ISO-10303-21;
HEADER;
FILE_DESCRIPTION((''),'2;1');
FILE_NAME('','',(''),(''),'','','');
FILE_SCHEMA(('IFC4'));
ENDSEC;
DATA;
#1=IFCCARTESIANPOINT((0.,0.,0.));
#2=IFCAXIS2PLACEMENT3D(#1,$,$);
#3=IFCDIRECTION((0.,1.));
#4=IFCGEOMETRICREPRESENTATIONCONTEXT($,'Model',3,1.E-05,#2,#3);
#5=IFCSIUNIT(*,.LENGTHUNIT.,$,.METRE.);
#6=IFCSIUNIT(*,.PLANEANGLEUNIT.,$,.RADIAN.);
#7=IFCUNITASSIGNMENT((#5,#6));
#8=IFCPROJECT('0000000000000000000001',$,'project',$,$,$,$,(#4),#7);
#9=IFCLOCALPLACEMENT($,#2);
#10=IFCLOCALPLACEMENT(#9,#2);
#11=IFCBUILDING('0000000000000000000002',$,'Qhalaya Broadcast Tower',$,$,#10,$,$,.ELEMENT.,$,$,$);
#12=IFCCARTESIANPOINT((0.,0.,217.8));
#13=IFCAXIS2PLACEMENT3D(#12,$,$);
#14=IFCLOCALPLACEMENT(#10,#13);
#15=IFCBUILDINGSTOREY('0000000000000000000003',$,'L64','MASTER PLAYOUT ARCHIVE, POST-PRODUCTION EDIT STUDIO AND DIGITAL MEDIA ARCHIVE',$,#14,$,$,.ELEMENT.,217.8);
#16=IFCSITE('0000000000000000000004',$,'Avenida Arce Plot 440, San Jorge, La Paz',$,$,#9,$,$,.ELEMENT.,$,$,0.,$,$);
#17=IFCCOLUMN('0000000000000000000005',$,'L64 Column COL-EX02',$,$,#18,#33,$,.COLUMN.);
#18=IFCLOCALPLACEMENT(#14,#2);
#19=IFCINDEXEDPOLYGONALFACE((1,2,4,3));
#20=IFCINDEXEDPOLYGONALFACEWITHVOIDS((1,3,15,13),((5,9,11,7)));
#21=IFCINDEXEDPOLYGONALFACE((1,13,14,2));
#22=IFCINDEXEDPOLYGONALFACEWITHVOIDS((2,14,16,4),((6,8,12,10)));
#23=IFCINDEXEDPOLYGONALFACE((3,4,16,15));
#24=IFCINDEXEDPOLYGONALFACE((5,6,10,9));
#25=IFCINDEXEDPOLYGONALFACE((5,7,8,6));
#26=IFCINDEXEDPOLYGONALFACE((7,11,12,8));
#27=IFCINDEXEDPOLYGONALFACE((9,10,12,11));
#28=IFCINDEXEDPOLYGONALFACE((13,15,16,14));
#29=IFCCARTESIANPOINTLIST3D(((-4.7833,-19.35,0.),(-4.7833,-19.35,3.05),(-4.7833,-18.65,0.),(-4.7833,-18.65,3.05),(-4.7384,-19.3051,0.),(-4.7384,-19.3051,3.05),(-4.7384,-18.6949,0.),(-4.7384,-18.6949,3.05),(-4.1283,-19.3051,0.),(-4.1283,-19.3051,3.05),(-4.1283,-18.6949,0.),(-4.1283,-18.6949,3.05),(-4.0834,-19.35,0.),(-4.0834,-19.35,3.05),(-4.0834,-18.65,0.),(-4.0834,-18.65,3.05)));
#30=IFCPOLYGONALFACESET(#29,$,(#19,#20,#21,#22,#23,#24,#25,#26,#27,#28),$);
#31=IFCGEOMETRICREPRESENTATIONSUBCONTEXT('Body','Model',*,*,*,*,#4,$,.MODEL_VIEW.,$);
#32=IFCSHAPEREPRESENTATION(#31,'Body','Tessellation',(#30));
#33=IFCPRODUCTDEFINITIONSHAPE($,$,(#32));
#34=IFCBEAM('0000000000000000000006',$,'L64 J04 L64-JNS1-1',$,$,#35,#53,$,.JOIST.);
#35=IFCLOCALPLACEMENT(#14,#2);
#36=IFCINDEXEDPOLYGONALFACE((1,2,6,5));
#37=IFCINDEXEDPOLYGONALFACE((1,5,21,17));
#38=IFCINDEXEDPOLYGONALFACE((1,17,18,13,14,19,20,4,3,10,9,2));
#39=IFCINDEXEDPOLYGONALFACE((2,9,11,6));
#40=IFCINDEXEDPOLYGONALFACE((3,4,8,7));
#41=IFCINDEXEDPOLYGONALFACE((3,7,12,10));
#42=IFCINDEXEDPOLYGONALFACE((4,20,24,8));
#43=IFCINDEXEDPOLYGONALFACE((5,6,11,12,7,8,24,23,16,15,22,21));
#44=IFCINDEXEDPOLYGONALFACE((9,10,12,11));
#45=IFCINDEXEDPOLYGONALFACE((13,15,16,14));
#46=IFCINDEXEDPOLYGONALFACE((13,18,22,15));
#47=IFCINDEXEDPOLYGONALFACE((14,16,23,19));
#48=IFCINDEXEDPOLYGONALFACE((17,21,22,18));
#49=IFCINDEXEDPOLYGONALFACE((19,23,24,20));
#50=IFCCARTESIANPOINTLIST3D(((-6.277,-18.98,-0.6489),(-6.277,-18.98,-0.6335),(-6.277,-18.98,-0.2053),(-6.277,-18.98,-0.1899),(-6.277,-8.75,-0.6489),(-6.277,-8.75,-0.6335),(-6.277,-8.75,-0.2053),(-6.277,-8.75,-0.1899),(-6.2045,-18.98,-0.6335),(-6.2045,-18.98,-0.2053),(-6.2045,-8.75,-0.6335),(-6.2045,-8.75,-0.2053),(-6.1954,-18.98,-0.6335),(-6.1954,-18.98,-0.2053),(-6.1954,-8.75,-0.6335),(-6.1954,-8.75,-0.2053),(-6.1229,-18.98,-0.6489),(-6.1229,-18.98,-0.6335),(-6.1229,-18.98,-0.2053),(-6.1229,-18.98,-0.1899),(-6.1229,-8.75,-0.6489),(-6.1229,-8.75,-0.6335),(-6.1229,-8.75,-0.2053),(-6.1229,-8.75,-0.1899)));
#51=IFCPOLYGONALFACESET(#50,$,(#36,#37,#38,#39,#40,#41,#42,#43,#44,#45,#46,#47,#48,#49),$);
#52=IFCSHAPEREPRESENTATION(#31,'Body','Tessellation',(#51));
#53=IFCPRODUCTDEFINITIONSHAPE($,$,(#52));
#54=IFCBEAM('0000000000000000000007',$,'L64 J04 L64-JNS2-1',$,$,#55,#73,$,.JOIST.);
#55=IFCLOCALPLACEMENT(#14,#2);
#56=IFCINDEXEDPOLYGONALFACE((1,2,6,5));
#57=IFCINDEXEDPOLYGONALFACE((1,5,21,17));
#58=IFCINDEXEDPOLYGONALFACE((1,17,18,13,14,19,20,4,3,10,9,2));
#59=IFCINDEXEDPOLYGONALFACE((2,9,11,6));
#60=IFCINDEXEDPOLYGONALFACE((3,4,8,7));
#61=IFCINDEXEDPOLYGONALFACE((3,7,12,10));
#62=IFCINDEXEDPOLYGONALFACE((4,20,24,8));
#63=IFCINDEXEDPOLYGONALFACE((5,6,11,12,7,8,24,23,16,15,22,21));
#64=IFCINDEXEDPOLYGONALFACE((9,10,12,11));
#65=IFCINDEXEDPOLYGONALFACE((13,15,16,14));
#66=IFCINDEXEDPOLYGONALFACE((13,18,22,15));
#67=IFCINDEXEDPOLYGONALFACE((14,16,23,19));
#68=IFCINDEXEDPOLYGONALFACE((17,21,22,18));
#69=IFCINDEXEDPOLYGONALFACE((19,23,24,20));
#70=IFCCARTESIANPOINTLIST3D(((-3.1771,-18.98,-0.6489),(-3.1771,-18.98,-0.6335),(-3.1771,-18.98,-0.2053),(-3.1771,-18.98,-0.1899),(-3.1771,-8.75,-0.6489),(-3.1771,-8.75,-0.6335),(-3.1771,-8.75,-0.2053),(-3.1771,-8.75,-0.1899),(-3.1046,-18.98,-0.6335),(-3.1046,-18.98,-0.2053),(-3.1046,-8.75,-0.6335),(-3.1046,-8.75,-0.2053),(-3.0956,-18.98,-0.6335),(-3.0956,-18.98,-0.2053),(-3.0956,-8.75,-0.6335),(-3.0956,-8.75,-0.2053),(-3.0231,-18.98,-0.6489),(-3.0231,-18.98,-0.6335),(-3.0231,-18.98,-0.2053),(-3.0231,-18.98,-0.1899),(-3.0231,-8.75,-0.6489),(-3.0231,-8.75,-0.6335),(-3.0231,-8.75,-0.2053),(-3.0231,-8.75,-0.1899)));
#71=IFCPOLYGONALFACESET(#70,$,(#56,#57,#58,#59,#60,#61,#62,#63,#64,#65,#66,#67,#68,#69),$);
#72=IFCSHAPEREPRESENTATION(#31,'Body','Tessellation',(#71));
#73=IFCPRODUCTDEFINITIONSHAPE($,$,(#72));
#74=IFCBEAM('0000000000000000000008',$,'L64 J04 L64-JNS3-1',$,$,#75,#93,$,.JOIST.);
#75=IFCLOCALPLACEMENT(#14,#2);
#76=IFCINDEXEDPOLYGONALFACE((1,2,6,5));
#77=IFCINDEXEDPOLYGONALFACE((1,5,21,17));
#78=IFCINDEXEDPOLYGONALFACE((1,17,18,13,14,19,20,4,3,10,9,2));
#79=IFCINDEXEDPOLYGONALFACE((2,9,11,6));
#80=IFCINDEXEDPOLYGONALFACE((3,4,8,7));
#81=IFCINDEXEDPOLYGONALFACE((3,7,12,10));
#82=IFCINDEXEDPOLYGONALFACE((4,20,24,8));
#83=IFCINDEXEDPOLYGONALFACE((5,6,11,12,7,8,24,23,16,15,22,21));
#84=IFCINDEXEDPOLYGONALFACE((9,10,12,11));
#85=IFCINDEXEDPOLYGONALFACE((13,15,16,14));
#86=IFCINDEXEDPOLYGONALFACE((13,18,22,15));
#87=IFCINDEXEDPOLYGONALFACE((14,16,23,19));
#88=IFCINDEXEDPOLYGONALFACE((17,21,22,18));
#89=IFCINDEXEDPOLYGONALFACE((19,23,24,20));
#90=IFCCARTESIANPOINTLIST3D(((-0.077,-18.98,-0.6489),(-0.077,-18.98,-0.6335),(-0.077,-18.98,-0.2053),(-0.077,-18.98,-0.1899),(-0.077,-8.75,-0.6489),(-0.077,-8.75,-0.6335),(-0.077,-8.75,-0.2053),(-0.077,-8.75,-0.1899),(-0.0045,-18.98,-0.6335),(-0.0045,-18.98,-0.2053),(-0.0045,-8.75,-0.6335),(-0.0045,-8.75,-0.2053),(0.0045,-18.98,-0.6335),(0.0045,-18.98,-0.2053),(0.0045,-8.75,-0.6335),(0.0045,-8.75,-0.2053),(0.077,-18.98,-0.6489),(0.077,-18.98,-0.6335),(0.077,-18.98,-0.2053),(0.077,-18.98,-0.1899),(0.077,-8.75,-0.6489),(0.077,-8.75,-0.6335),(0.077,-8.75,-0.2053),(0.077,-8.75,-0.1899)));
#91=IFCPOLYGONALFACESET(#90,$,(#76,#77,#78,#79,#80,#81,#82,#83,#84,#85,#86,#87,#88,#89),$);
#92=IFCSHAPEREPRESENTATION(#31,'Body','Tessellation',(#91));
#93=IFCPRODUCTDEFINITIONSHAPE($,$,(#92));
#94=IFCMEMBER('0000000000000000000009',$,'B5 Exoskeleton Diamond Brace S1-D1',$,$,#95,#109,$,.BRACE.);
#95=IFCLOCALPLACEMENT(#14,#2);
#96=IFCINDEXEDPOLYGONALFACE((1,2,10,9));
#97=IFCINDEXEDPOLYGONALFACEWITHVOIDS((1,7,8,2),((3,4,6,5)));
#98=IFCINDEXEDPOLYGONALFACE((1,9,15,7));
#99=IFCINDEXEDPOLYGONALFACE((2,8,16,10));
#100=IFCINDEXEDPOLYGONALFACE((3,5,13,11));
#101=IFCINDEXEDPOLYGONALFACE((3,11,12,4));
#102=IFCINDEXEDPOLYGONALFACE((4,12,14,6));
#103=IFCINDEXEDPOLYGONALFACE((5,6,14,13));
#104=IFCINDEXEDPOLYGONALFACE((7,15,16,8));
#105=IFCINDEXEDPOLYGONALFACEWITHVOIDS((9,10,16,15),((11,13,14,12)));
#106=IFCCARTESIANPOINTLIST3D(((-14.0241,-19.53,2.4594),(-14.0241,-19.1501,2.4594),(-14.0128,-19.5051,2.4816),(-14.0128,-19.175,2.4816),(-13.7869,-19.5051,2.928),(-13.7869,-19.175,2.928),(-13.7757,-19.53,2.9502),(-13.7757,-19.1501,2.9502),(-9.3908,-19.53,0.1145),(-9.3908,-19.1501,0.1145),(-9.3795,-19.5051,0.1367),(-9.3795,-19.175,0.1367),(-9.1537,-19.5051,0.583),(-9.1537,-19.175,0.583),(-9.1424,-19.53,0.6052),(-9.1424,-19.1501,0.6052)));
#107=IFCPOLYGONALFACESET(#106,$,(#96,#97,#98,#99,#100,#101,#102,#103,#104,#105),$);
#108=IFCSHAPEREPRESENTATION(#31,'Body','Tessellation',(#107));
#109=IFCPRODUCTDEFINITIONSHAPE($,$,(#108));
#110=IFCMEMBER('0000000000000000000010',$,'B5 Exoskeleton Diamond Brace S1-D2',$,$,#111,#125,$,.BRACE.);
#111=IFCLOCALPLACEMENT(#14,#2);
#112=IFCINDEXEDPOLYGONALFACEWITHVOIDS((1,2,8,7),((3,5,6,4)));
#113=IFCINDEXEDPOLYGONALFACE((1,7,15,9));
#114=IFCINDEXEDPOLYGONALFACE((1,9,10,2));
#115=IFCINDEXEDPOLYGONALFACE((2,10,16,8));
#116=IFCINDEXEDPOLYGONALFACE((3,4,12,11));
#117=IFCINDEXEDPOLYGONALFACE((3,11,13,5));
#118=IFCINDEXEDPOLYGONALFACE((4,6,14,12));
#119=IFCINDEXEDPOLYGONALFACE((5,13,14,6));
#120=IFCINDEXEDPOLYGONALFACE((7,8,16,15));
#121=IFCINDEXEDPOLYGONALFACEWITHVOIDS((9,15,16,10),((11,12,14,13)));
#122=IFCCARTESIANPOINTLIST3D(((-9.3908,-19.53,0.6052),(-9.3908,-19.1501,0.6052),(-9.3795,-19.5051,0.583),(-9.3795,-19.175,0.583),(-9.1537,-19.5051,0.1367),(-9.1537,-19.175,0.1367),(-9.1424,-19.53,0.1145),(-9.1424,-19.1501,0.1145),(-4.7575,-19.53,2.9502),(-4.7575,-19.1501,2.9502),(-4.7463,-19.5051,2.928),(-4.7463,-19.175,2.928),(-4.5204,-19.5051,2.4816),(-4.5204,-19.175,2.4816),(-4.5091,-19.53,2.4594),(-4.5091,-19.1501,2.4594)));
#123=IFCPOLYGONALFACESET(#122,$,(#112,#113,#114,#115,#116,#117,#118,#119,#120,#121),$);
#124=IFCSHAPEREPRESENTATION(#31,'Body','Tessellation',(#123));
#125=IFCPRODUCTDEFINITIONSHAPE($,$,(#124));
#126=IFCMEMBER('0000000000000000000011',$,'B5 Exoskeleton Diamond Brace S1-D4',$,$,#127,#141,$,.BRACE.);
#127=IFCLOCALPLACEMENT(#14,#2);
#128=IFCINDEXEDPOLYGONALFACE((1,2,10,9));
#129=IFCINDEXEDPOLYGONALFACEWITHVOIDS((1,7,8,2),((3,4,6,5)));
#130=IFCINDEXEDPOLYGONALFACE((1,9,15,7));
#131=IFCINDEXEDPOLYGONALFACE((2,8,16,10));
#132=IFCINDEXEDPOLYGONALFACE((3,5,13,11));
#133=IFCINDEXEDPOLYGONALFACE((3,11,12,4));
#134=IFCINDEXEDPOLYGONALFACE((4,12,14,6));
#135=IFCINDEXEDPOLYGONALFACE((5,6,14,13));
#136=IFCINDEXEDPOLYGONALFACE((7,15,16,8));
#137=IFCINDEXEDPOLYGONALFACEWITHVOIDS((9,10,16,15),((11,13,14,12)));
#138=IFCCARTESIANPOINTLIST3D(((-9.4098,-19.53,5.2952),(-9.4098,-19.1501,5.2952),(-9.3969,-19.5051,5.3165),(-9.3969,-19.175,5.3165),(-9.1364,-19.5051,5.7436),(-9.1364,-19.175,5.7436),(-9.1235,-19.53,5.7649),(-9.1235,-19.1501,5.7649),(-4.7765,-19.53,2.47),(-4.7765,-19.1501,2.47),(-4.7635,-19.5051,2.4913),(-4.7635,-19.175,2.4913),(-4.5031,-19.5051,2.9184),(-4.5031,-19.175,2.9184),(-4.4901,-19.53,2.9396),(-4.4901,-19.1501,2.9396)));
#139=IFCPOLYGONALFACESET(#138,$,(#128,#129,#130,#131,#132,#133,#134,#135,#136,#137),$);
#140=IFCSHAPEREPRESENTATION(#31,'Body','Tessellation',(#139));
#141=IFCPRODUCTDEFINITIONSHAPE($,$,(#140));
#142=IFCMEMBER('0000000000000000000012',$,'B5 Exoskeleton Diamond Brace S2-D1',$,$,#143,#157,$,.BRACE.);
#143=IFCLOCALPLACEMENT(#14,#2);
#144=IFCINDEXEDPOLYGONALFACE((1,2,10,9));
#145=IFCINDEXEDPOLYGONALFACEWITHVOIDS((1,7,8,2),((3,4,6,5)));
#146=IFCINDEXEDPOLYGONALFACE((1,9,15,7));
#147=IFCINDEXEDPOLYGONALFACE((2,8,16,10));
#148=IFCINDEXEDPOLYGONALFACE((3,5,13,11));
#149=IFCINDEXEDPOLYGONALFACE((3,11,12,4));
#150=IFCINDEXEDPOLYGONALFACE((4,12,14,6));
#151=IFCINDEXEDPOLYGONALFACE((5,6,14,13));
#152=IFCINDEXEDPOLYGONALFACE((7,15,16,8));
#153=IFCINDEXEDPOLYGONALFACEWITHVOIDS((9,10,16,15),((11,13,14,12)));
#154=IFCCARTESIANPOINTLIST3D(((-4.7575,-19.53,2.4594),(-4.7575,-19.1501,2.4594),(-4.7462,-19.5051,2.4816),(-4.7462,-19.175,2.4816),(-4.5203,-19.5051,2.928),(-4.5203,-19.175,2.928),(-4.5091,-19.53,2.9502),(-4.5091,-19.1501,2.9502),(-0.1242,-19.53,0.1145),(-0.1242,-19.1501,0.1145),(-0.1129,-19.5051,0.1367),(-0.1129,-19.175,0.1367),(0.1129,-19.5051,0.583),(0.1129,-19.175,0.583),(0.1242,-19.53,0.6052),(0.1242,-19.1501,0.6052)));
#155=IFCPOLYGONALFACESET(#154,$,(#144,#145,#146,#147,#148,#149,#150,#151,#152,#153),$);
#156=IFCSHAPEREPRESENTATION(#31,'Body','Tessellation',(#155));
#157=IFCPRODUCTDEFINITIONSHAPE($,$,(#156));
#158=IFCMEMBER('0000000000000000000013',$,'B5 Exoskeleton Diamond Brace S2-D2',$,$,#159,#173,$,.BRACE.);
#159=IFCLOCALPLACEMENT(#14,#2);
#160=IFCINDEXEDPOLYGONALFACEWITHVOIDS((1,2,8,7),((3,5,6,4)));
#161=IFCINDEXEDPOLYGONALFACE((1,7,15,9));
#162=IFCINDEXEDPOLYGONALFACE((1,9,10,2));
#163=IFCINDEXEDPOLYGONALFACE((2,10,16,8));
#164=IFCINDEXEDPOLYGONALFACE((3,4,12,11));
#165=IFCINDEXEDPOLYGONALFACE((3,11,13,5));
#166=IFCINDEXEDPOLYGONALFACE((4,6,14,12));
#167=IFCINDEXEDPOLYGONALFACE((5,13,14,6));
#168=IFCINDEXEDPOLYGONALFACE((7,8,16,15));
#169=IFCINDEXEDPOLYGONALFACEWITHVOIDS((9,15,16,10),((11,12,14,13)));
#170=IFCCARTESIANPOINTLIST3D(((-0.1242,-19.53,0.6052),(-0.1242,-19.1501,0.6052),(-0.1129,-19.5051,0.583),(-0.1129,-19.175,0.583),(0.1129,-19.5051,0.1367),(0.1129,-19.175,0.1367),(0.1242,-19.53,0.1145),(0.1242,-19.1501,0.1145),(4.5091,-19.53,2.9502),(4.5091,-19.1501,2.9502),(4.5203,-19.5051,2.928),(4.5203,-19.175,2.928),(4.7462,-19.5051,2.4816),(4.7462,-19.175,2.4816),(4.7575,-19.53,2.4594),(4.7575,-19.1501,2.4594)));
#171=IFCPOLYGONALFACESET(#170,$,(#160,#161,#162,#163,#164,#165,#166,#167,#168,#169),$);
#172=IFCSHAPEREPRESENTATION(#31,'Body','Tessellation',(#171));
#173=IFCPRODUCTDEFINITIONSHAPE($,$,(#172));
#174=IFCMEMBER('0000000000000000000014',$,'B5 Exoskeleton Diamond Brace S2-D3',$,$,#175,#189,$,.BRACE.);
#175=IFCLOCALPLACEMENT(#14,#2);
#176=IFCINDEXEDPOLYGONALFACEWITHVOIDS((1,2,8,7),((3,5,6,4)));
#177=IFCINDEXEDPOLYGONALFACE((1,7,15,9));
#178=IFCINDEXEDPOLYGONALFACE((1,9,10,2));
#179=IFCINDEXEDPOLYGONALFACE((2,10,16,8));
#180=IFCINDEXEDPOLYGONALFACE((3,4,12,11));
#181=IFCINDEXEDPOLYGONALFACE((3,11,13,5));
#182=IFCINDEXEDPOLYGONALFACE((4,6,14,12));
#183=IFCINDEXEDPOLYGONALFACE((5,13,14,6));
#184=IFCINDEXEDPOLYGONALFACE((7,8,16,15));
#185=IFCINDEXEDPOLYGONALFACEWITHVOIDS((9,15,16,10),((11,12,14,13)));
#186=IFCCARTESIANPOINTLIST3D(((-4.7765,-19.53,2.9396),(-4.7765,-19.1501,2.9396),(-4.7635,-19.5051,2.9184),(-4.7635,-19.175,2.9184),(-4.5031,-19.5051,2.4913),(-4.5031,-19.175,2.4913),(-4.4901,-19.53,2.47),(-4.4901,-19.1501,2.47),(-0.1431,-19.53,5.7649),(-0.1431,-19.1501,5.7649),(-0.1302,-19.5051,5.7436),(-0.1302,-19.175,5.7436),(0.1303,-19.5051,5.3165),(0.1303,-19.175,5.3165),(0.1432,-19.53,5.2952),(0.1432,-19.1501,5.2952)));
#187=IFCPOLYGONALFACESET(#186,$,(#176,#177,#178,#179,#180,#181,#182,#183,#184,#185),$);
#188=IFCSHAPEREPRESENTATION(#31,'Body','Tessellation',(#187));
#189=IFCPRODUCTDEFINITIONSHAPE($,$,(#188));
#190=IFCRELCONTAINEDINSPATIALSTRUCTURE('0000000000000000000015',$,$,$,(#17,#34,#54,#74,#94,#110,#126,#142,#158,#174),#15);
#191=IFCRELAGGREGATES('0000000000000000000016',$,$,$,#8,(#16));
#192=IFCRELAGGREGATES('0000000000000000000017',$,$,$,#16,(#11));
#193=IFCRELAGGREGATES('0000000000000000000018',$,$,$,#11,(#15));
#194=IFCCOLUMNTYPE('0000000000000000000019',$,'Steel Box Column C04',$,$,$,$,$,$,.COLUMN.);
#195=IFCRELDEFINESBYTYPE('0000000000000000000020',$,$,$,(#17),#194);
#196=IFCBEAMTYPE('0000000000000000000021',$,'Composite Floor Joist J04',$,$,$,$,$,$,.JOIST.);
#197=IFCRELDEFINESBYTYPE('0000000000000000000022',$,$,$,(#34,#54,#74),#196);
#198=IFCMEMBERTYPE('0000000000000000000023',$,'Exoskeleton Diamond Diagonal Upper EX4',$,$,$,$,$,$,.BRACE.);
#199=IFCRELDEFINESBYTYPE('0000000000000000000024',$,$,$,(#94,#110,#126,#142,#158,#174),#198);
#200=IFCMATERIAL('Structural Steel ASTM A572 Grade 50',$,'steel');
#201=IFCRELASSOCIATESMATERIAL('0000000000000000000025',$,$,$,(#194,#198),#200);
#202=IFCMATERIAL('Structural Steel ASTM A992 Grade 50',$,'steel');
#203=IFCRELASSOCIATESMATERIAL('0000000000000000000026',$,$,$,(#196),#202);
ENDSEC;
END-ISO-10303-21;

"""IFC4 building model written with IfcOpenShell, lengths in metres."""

from ifc_helpers import new_model, si_unit, direction, frame, origin, origin_2d, place, context, subcontext, project, spatial, hollow_rectangle, i_section, extrude, material, material_profile, profile_set, type_object, element, save


model = new_model("IFC4")

# Units and contexts
model_context = context("Model", 3, precision=1e-05, world=origin(), true_north=direction((0.0, 1.0)))
body_context = subcontext(model_context, "Body", "Model", "MODEL_VIEW")
ifc_project = project(units=[si_unit("LENGTHUNIT", "METRE"), si_unit("PLANEANGLEUNIT", "RADIAN")], contexts=[model_context])

# Site, building, storey
site_placement = place(None, origin())
site = spatial("IfcSite", under=ifc_project, at=site_placement, Name="Avenida Arce Plot 440, San Jorge, La Paz", CompositionType="ELEMENT", RefElevation=0.0)
building_placement = place(site_placement, origin())
building = spatial("IfcBuilding", under=site, at=building_placement, Name="Qhalaya Broadcast Tower", CompositionType="ELEMENT")
storey_placement = place(building_placement, frame((0.0, 0.0, 217.8)))
storey = spatial("IfcBuildingStorey", under=building, at=storey_placement, Name="L64", Description="MASTER PLAYOUT ARCHIVE, POST-PRODUCTION EDIT STUDIO AND DIGITAL MEDIA ARCHIVE", CompositionType="ELEMENT", Elevation=217.8)

# Column
ifc_material_1 = material(Name="Structural Steel ASTM A572 Grade 50", Category="steel")
ifc_material_profile_1 = material_profile(ifc_material_1, hollow_rectangle(XDim=0.7, YDim=0.7, WallThickness=0.0449, at=origin_2d()), Name="BOX 700x700x45")
ifc_profile_set_1 = profile_set([ifc_material_profile_1], Name="Structural Steel ASTM A572 Grade 50")
column_type = type_object("IfcColumnType", Name="Steel Box Column C04", PredefinedType="COLUMN", material=ifc_profile_set_1)
column_placement = place(storey_placement, frame((-4.4333, -19.0, 0.0), z_axis=(0.0, 0.0, 1.0), x_axis=(1.0, 0.0, 0.0)))
element("IfcColumn", 1, at=column_placement, inside=storey, type_object=column_type, Name="L64 Column COL-EX02", PredefinedType="COLUMN", context=body_context, shape_type="SweptSolid", body=[
    extrude(hollow_rectangle(XDim=0.7, YDim=0.7, WallThickness=0.0449, at=origin_2d()), origin(), (0.0, 0.0, 1.0), 3.05),
])

# Beams
ifc_material_2 = material(Name="Structural Steel ASTM A992 Grade 50", Category="steel")
ifc_material_profile_2 = material_profile(ifc_material_2, i_section(OverallWidth=0.1541, OverallDepth=0.459, WebThickness=0.009, FlangeThickness=0.0154, at=origin_2d()), Name="W18X46")
ifc_profile_set_2 = profile_set([ifc_material_profile_2], Name="Structural Steel ASTM A992 Grade 50")
beam_type_1 = type_object("IfcBeamType", Name="Composite Floor Joist J04", PredefinedType="JOIST", material=ifc_profile_set_2)
for number, where, z_axis, x_axis, name in (
    (2, (-6.2, -18.98, -0.4194), (0.0, 1.0, 0.0), (-1.0, 0.0, 0.0), "L64 J04 L64-JNS1-1"),
    (3, (-3.1001, -18.98, -0.4194), (0.0, 1.0, 0.0), (-1.0, 0.0, 0.0), "L64 J04 L64-JNS2-1"),
    (4, (0.0, -18.98, -0.4194), (0.0, 1.0, 0.0), (-1.0, 0.0, 0.0), "L64 J04 L64-JNS3-1"),
):
    element("IfcBeam", number, at=place(storey_placement, frame(where, z_axis=z_axis, x_axis=x_axis)), inside=storey, type_object=beam_type_1, Name=name, PredefinedType="JOIST", context=body_context, shape_type="SweptSolid", body=[
        extrude(i_section(OverallWidth=0.1541, OverallDepth=0.459, WebThickness=0.009, FlangeThickness=0.0154, at=origin_2d()), origin(), (0.0, 0.0, 1.0), 10.23),
    ])

# Members
ifc_material_profile_3 = material_profile(ifc_material_1, hollow_rectangle(XDim=0.3799, YDim=0.55, WallThickness=0.0249, at=origin_2d()), Name="BOX 380x550x25")
ifc_profile_set_3 = profile_set([ifc_material_profile_3], Name="Structural Steel ASTM A572 Grade 50")
member_type = type_object("IfcMemberType", Name="Exoskeleton Diamond Diagonal Upper EX4", PredefinedType="BRACE", material=ifc_profile_set_3)
for number, where, z_axis, x_axis, name in (
    (5, (-9.2666, -19.3401, 0.3599), (-0.892235, 0.0, 0.451571), (0.0, -1.0, 0.0), "B5 Exoskeleton Diamond Brace S1-D1"),
    (6, (-9.2666, -19.3401, 0.3599), (0.892235, 0.0, 0.451571), (0.0, 1.0, 0.0), "B5 Exoskeleton Diamond Brace S1-D2"),
):
    element("IfcMember", number, at=place(storey_placement, frame(where, z_axis=z_axis, x_axis=x_axis)), inside=storey, type_object=member_type, Name=name, PredefinedType="BRACE", context=body_context, shape_type="SweptSolid", body=[
        extrude(hollow_rectangle(XDim=0.3799, YDim=0.55, WallThickness=0.0249, at=origin_2d()), origin(), (0.0, 0.0, 1.0), 5.1929),
    ])
member_1_placement = place(storey_placement, frame((-4.6333, -19.3401, 2.7048), z_axis=(-0.853795, 0.0, 0.520609), x_axis=(0.0, -1.0, 0.0)))
element("IfcMember", 7, at=member_1_placement, inside=storey, type_object=member_type, Name="B5 Exoskeleton Diamond Brace S1-D4", PredefinedType="BRACE", context=body_context, shape_type="SweptSolid", body=[
    extrude(hollow_rectangle(XDim=0.3799, YDim=0.55, WallThickness=0.0249, at=origin_2d()), origin(), (0.0, 0.0, 1.0), 5.4268),
])
for number, where, z_axis, x_axis, name in (
    (8, (0.0, -19.3401, 0.3599), (-0.892235, 0.0, 0.451571), (0.0, -1.0, 0.0), "B5 Exoskeleton Diamond Brace S2-D1"),
    (9, (0.0, -19.3401, 0.3599), (0.892235, 0.0, 0.451571), (0.0, 1.0, 0.0), "B5 Exoskeleton Diamond Brace S2-D2"),
):
    element("IfcMember", number, at=place(storey_placement, frame(where, z_axis=z_axis, x_axis=x_axis)), inside=storey, type_object=member_type, Name=name, PredefinedType="BRACE", context=body_context, shape_type="SweptSolid", body=[
        extrude(hollow_rectangle(XDim=0.3799, YDim=0.55, WallThickness=0.0249, at=origin_2d()), origin(), (0.0, 0.0, 1.0), 5.1929),
    ])
member_2_placement = place(storey_placement, frame((-4.6333, -19.3401, 2.7048), z_axis=(0.853795, 0.0, 0.520609), x_axis=(0.0, 1.0, 0.0)))
element("IfcMember", 10, at=member_2_placement, inside=storey, type_object=member_type, Name="B5 Exoskeleton Diamond Brace S2-D3", PredefinedType="BRACE", context=body_context, shape_type="SweptSolid", body=[
    extrude(hollow_rectangle(XDim=0.3799, YDim=0.55, WallThickness=0.0249, at=origin_2d()), origin(), (0.0, 0.0, 1.0), 5.4268),
])

save(model, "model.ifc")
